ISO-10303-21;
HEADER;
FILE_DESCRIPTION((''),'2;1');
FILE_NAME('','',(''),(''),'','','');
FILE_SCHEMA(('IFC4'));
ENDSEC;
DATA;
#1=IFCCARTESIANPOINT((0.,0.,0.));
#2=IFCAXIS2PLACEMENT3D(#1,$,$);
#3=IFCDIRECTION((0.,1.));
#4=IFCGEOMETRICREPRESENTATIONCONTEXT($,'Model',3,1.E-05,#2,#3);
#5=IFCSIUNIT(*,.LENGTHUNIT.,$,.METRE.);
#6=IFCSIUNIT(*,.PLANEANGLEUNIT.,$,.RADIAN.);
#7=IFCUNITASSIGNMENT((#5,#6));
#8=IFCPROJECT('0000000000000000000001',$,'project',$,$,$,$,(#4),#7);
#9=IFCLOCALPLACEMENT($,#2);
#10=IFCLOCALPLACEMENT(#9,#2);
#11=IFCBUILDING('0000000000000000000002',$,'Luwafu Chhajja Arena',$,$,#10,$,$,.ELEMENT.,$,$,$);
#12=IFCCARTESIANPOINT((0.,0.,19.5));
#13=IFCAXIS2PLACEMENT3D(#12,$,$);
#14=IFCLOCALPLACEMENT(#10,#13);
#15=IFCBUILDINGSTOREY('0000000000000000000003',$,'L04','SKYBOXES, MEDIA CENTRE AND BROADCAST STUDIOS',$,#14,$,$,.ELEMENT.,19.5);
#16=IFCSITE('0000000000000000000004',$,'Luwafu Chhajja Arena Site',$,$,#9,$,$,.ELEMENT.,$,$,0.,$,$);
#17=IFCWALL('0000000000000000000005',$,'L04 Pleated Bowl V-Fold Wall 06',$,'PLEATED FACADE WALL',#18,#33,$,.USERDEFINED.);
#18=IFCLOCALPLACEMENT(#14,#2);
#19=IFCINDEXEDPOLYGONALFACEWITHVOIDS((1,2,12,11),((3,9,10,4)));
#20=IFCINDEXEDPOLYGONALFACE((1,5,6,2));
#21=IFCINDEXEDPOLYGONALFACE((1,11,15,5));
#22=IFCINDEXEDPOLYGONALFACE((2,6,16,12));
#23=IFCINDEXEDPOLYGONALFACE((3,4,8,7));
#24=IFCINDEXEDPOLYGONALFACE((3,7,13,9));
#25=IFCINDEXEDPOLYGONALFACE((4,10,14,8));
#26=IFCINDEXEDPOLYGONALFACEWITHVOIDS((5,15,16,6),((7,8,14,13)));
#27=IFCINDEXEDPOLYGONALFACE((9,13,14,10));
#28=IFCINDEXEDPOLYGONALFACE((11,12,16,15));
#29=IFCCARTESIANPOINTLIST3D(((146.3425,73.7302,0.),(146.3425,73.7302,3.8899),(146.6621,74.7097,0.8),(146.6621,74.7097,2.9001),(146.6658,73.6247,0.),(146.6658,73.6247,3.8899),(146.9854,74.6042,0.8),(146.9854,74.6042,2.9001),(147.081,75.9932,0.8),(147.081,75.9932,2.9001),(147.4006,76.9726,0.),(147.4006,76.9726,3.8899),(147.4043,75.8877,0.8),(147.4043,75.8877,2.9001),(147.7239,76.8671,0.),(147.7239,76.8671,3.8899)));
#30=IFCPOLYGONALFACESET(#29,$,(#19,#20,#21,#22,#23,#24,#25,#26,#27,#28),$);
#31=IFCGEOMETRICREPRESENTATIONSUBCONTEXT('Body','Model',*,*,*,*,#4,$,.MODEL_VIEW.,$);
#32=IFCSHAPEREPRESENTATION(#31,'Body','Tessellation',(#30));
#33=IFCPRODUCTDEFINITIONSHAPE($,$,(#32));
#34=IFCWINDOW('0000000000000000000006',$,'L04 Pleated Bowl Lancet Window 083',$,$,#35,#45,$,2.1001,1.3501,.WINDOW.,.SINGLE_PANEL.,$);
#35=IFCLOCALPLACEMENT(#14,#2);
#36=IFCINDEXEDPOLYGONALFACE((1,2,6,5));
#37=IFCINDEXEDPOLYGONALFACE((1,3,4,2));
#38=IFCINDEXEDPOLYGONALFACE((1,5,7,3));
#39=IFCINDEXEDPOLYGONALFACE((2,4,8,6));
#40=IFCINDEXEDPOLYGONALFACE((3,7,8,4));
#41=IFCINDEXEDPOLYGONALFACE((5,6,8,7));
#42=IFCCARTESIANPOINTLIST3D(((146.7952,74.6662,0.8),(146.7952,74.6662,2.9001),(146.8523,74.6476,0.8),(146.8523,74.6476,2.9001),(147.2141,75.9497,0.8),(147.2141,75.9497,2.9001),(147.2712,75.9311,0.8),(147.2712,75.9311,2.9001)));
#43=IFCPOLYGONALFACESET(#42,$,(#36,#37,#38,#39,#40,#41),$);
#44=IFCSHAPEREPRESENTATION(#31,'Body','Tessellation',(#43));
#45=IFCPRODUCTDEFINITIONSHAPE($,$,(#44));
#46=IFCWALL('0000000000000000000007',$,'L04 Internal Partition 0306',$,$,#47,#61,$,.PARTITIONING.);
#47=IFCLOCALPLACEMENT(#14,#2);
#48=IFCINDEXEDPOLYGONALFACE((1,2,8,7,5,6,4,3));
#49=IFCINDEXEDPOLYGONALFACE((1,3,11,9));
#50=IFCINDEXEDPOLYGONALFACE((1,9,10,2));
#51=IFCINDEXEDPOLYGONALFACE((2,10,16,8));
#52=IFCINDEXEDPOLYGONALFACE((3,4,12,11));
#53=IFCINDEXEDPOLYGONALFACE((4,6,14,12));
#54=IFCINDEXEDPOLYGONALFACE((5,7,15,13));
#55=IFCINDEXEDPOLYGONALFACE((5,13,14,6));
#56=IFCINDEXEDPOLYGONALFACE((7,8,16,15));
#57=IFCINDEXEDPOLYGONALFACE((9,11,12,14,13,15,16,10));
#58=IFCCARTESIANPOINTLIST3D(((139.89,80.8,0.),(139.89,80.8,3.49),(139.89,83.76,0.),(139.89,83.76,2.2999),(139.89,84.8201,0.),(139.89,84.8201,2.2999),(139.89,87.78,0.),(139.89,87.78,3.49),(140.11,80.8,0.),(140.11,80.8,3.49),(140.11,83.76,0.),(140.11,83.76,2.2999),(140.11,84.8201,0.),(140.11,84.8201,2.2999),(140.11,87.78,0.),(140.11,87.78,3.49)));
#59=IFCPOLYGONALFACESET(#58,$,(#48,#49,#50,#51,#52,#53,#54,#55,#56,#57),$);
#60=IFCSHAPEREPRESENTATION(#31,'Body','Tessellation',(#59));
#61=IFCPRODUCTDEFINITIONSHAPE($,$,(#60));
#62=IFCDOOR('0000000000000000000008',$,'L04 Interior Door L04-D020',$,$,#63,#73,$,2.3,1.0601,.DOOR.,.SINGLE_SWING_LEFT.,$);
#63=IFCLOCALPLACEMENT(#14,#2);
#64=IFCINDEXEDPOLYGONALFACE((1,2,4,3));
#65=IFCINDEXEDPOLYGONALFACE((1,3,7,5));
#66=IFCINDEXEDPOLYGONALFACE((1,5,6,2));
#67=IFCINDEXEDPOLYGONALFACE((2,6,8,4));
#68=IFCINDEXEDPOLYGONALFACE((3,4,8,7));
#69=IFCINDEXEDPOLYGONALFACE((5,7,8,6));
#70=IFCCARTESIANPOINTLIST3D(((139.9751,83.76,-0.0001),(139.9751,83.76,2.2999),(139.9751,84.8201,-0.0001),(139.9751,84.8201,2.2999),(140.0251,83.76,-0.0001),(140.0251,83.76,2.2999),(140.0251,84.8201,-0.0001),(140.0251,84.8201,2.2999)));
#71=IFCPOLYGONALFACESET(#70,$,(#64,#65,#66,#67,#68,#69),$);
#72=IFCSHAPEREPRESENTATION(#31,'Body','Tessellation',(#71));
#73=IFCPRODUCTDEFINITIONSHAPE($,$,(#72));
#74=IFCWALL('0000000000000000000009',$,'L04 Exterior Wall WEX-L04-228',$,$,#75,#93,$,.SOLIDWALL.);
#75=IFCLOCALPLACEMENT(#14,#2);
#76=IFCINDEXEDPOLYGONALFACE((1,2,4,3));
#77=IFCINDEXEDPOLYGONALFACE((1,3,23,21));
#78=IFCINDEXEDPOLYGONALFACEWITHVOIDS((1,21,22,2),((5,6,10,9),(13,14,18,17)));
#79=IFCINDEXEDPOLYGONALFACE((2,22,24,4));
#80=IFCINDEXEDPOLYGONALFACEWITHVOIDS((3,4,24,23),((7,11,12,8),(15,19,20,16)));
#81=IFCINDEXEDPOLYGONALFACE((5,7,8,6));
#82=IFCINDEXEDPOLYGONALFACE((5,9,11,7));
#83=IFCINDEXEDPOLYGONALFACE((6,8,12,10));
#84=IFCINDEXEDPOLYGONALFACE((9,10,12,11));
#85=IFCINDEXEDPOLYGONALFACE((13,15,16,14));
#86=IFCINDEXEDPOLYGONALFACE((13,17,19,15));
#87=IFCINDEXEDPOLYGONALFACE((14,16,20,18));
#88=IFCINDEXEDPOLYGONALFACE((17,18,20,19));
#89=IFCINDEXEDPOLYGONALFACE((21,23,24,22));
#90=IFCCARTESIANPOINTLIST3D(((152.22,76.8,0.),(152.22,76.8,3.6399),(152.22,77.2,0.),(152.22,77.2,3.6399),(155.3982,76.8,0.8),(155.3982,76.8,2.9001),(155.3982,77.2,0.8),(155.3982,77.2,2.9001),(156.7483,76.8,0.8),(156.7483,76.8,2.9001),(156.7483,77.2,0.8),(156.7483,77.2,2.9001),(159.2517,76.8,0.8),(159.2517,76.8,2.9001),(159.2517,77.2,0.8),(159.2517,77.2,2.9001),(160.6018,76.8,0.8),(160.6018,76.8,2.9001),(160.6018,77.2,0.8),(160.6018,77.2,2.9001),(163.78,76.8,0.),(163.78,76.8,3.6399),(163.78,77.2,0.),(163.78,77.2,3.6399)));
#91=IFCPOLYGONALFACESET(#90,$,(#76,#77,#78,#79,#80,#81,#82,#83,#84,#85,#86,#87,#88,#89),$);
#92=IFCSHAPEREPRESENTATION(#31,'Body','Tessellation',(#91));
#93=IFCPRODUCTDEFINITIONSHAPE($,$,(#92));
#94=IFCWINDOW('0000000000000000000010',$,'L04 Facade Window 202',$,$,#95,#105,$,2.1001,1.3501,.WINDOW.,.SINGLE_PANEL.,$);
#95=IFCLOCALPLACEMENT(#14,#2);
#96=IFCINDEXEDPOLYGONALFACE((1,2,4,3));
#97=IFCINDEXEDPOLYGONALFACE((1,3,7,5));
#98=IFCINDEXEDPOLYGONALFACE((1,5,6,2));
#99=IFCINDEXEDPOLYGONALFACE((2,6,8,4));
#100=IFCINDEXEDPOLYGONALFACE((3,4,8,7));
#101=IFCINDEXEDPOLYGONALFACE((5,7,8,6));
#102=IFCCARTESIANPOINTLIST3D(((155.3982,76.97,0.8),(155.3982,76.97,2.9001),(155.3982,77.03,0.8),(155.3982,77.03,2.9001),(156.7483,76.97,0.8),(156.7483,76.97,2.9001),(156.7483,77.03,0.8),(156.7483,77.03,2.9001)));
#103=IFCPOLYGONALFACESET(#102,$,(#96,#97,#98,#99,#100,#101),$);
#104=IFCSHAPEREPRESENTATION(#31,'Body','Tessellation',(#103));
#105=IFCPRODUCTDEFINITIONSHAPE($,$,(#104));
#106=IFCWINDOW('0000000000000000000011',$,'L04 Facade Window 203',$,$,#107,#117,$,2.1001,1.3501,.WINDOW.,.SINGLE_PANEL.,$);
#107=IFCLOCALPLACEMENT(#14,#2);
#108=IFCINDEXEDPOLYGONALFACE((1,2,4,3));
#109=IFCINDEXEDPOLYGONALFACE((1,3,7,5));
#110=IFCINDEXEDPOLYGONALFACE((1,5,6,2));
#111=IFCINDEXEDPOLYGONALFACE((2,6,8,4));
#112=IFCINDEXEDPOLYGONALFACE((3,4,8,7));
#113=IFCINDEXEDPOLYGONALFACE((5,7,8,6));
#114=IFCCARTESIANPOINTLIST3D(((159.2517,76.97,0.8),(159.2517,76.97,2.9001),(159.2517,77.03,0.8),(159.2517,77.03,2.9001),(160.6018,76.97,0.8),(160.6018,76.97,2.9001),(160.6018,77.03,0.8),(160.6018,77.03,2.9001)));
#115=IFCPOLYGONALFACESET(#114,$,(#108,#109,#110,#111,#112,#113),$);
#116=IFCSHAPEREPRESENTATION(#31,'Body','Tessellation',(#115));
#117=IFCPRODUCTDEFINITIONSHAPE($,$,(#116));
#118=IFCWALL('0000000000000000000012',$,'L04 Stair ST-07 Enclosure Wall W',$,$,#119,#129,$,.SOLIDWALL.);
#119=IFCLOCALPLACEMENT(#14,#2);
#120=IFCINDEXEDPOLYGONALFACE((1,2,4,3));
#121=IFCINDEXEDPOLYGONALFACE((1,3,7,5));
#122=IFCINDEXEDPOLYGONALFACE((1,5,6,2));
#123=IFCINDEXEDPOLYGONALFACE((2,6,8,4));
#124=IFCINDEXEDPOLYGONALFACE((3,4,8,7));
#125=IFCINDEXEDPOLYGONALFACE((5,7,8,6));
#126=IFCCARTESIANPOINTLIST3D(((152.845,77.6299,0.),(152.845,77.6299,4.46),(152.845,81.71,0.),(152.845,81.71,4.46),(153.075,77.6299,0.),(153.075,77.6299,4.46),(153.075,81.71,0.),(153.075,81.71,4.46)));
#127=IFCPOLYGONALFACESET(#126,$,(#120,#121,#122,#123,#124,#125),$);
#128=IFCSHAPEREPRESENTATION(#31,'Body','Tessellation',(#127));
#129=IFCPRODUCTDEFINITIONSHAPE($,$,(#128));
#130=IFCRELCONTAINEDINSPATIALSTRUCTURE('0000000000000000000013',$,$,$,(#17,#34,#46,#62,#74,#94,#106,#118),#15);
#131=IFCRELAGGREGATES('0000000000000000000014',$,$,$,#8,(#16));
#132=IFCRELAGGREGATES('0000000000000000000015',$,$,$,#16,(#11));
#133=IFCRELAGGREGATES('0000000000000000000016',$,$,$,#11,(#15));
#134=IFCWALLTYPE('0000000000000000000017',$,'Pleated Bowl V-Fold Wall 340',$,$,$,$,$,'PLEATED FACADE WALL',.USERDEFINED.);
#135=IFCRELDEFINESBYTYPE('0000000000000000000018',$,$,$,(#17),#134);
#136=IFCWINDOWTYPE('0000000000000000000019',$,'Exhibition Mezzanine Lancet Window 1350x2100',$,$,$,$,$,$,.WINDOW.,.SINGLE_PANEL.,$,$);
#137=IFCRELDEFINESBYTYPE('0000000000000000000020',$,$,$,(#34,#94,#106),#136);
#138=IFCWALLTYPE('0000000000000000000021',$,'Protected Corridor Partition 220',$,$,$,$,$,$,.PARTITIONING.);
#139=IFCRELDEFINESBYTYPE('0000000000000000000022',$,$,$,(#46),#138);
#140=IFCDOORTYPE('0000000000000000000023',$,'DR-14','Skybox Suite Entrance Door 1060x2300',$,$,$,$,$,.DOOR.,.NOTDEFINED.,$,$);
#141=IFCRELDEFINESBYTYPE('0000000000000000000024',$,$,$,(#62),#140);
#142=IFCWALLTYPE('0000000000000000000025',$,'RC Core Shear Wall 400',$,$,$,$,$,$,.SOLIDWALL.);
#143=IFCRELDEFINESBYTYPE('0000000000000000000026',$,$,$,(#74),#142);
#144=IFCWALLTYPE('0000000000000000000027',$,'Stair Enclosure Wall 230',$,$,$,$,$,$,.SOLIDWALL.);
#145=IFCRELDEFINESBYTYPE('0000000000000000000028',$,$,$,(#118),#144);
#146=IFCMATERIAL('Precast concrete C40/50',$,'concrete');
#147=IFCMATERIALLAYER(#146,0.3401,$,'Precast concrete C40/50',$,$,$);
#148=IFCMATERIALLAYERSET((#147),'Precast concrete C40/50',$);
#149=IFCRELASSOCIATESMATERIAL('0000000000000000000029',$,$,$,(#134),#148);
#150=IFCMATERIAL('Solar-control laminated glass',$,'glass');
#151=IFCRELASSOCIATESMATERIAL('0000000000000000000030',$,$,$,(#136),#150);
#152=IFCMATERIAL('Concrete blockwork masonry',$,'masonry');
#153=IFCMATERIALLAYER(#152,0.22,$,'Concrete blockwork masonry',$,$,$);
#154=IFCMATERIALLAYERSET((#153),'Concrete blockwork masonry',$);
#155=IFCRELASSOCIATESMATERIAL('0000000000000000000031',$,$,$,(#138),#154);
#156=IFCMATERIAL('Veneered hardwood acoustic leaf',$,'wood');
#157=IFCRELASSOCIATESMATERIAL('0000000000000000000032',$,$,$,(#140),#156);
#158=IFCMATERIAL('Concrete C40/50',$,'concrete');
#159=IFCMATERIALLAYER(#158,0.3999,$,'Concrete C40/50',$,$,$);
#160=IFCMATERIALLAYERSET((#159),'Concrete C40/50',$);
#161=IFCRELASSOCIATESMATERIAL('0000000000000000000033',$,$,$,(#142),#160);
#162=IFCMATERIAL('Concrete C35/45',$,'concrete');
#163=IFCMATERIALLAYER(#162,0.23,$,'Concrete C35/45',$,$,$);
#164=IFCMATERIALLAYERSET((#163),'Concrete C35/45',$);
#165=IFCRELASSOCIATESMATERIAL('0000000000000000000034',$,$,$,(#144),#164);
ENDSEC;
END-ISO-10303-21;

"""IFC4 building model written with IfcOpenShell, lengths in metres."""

from ifc_helpers import new_model, si_unit, direction, frame, frame_2d, origin, place, context, subcontext, project, spatial, rectangle, extrude, material, layer, layer_set, type_object, element, fill, save


model = new_model("IFC4")

# Units and contexts
model_context = context("Model", 3, precision=1e-05, world=origin(), true_north=direction((0.0, 1.0)))
body_context = subcontext(model_context, "Body", "Model", "MODEL_VIEW")
ifc_project = project(units=[si_unit("LENGTHUNIT", "METRE"), si_unit("PLANEANGLEUNIT", "RADIAN")], contexts=[model_context])

# Site, building, storey
site_placement = place(None, origin())
site = spatial("IfcSite", under=ifc_project, at=site_placement, Name="Luwafu Chhajja Arena Site", CompositionType="ELEMENT", RefElevation=0.0)
building_placement = place(site_placement, origin())
building = spatial("IfcBuilding", under=site, at=building_placement, Name="Luwafu Chhajja Arena", CompositionType="ELEMENT")
storey_placement = place(building_placement, frame((0.0, 0.0, 19.5)))
storey = spatial("IfcBuildingStorey", under=building, at=storey_placement, Name="L04", Description="SKYBOXES, MEDIA CENTRE AND BROADCAST STUDIOS", CompositionType="ELEMENT", Elevation=19.5)

# Shared definitions
ifc_material_1 = material(Name="Concrete C40/50", Category="concrete")
ifc_material_2 = material(Name="Concrete C35/45", Category="concrete")

# Shared definitions
ifc_material_3 = material(Name="Solar-control laminated glass", Category="glass")

# Wall, opening, window
ifc_material_4 = material(Name="Precast concrete C40/50", Category="concrete")
ifc_layer_1 = layer(ifc_material_4, 0.3401, Name="Precast concrete C40/50")
ifc_layer_set_1 = layer_set([ifc_layer_1], Name="Precast concrete C40/50")
wall_type_1 = type_object("IfcWallType", Name="Pleated Bowl V-Fold Wall 340", ElementType="PLEATED FACADE WALL", PredefinedType="USERDEFINED", material=ifc_layer_set_1)
wall_1_placement = place(storey_placement, frame((146.5042, 73.6775, 0.0), z_axis=(0.0, 0.0, 1.0), x_axis=(0.31023, 0.950661, 0.0)))
wall_1 = element("IfcWall", 1, at=wall_1_placement, inside=storey, type_object=wall_type_1, Name="L04 Pleated Bowl V-Fold Wall 06", ObjectType="PLEATED FACADE WALL", PredefinedType="USERDEFINED", context=body_context, shape_type="SweptSolid", body=[
    extrude(rectangle(XDim=3.4106, YDim=0.3401, at=frame_2d((1.7053, 0.0))), origin(), (0.0, 0.0, 1.0), 3.8899),
])
opening_1_placement = place(wall_1_placement, frame((1.0303, 0.0, 0.8)))
opening_1 = element("IfcOpeningElement", 2, at=opening_1_placement, cuts=wall_1, PredefinedType="OPENING", context=body_context, shape_type="SweptSolid", body=[
    extrude(rectangle(XDim=1.3501, YDim=2.1001, at=frame_2d((0.675, 1.05))), frame((0.0, 0.1799, 0.0), z_axis=(0.0, -1.0, 0.0), x_axis=(1.0, 0.0, 0.0)), (0.0, 0.0, 1.0), 0.3601),
])
window_type = type_object("IfcWindowType", Name="Exhibition Mezzanine Lancet Window 1350x2100", PartitioningType="SINGLE_PANEL", PredefinedType="WINDOW", material=ifc_material_3)
window_1_placement = place(opening_1_placement, origin())
window_1 = element("IfcWindow", 3, at=window_1_placement, inside=storey, type_object=window_type, Name="L04 Pleated Bowl Lancet Window 083", OverallHeight=2.1001, OverallWidth=1.3501, PartitioningType="SINGLE_PANEL", PredefinedType="WINDOW", context=body_context, shape_type="SweptSolid", body=[
    extrude(rectangle(XDim=1.3501, YDim=2.1001, at=frame_2d((0.675, 1.05))), frame((0.0, 0.03, 0.0), z_axis=(0.0, -1.0, 0.0), x_axis=(1.0, 0.0, 0.0)), (0.0, 0.0, 1.0), 0.0601),
])
fill(opening_1, window_1)

# Wall, opening, door
ifc_material_5 = material(Name="Concrete blockwork masonry", Category="masonry")
ifc_layer_2 = layer(ifc_material_5, 0.22, Name="Concrete blockwork masonry")
ifc_layer_set_2 = layer_set([ifc_layer_2], Name="Concrete blockwork masonry")
wall_type_2 = type_object("IfcWallType", Name="Protected Corridor Partition 220", PredefinedType="PARTITIONING", material=ifc_layer_set_2)
wall_2_placement = place(storey_placement, frame((140.0, 80.8, 0.0), z_axis=(0.0, 0.0, 1.0), x_axis=(0.0, 1.0, 0.0)))
wall_2 = element("IfcWall", 4, at=wall_2_placement, inside=storey, type_object=wall_type_2, Name="L04 Internal Partition 0306", PredefinedType="PARTITIONING", context=body_context, shape_type="SweptSolid", body=[
    extrude(rectangle(XDim=6.98, YDim=0.22, at=frame_2d((3.49, 0.0))), origin(), (0.0, 0.0, 1.0), 3.49),
])
opening_2_placement = place(wall_2_placement, frame((2.96, 0.0, 0.0)))
opening_2 = element("IfcOpeningElement", 5, at=opening_2_placement, cuts=wall_2, PredefinedType="OPENING", context=body_context, shape_type="SweptSolid", body=[
    extrude(rectangle(XDim=1.0601, YDim=2.3, at=frame_2d((0.53, 1.1499))), frame((0.0, 0.1199, 0.0), z_axis=(0.0, -1.0, 0.0), x_axis=(1.0, 0.0, 0.0)), (0.0, 0.0, 1.0), 0.24),
])
ifc_material_6 = material(Name="Veneered hardwood acoustic leaf", Category="wood")
door_type = type_object("IfcDoorType", Name="DR-14", Description="Skybox Suite Entrance Door 1060x2300", OperationType="NOTDEFINED", PredefinedType="DOOR", material=ifc_material_6)
door_placement = place(opening_2_placement, origin())
door = element("IfcDoor", 6, at=door_placement, inside=storey, type_object=door_type, Name="L04 Interior Door L04-D020", OperationType="SINGLE_SWING_LEFT", OverallHeight=2.3, OverallWidth=1.0601, PredefinedType="DOOR", context=body_context, shape_type="SweptSolid", body=[
    extrude(rectangle(XDim=1.0601, YDim=2.3, at=frame_2d((0.53, 1.1499))), frame((0.0, 0.0249, 0.0), z_axis=(0.0, -1.0, 0.0), x_axis=(1.0, 0.0, 0.0)), (0.0, 0.0, 1.0), 0.05),
])
fill(opening_2, door)

# Wall, openings, windows
ifc_layer_3 = layer(ifc_material_1, 0.3999, Name="Concrete C40/50")
ifc_layer_set_3 = layer_set([ifc_layer_3], Name="Concrete C40/50")
wall_type_3 = type_object("IfcWallType", Name="RC Core Shear Wall 400", PredefinedType="SOLIDWALL", material=ifc_layer_set_3)
wall_3_placement = place(storey_placement, frame((152.22, 77.0, 0.0), z_axis=(0.0, 0.0, 1.0), x_axis=(1.0, 0.0, 0.0)))
wall_3 = element("IfcWall", 7, at=wall_3_placement, inside=storey, type_object=wall_type_3, Name="L04 Exterior Wall WEX-L04-228", PredefinedType="SOLIDWALL", context=body_context, shape_type="SweptSolid", body=[
    extrude(rectangle(XDim=11.5601, YDim=0.3999, at=frame_2d((5.78, 0.0))), origin(), (0.0, 0.0, 1.0), 3.6399),
])
opening_3_placement = place(wall_3_placement, frame((3.1782, 0.0, 0.8)))
opening_3 = element("IfcOpeningElement", 8, at=opening_3_placement, cuts=wall_3, PredefinedType="OPENING", context=body_context, shape_type="SweptSolid", body=[
    extrude(rectangle(XDim=1.3501, YDim=2.1001, at=frame_2d((0.675, 1.05))), frame((0.0, 0.21, 0.0), z_axis=(0.0, -1.0, 0.0), x_axis=(1.0, 0.0, 0.0)), (0.0, 0.0, 1.0), 0.4199),
])
opening_4_placement = place(wall_3_placement, frame((7.0317, 0.0, 0.8)))
opening_4 = element("IfcOpeningElement", 9, at=opening_4_placement, cuts=wall_3, PredefinedType="OPENING", context=body_context, shape_type="SweptSolid", body=[
    extrude(rectangle(XDim=1.3501, YDim=2.1001, at=frame_2d((0.675, 1.05))), frame((0.0, 0.21, 0.0), z_axis=(0.0, -1.0, 0.0), x_axis=(1.0, 0.0, 0.0)), (0.0, 0.0, 1.0), 0.4199),
])
window_2_placement = place(opening_3_placement, origin())
window_2 = element("IfcWindow", 10, at=window_2_placement, inside=storey, type_object=window_type, Name="L04 Facade Window 202", OverallHeight=2.1001, OverallWidth=1.3501, PartitioningType="SINGLE_PANEL", PredefinedType="WINDOW", context=body_context, shape_type="SweptSolid", body=[
    extrude(rectangle(XDim=1.3501, YDim=2.1001, at=frame_2d((0.675, 1.05))), frame((0.0, 0.03, 0.0), z_axis=(0.0, -1.0, 0.0), x_axis=(1.0, 0.0, 0.0)), (0.0, 0.0, 1.0), 0.0601),
])
fill(opening_3, window_2)
window_3_placement = place(opening_4_placement, origin())
window_3 = element("IfcWindow", 11, at=window_3_placement, inside=storey, type_object=window_type, Name="L04 Facade Window 203", OverallHeight=2.1001, OverallWidth=1.3501, PartitioningType="SINGLE_PANEL", PredefinedType="WINDOW", context=body_context, shape_type="SweptSolid", body=[
    extrude(rectangle(XDim=1.3501, YDim=2.1001, at=frame_2d((0.675, 1.05))), frame((0.0, 0.03, 0.0), z_axis=(0.0, -1.0, 0.0), x_axis=(1.0, 0.0, 0.0)), (0.0, 0.0, 1.0), 0.0601),
])
fill(opening_4, window_3)

# Wall
ifc_layer_4 = layer(ifc_material_2, 0.23, Name="Concrete C35/45")
ifc_layer_set_4 = layer_set([ifc_layer_4], Name="Concrete C35/45")
wall_type_4 = type_object("IfcWallType", Name="Stair Enclosure Wall 230", PredefinedType="SOLIDWALL", material=ifc_layer_set_4)
wall_4_placement = place(storey_placement, frame((152.96, 77.6299, 0.0), z_axis=(0.0, 0.0, 1.0), x_axis=(0.0, 1.0, 0.0)))
element("IfcWall", 12, at=wall_4_placement, inside=storey, type_object=wall_type_4, Name="L04 Stair ST-07 Enclosure Wall W", PredefinedType="SOLIDWALL", context=body_context, shape_type="SweptSolid", body=[
    extrude(rectangle(XDim=4.0801, YDim=0.23, at=frame_2d((2.04, 0.0))), origin(), (0.0, 0.0, 1.0), 4.46),
])

save(model, "model.ifc")
